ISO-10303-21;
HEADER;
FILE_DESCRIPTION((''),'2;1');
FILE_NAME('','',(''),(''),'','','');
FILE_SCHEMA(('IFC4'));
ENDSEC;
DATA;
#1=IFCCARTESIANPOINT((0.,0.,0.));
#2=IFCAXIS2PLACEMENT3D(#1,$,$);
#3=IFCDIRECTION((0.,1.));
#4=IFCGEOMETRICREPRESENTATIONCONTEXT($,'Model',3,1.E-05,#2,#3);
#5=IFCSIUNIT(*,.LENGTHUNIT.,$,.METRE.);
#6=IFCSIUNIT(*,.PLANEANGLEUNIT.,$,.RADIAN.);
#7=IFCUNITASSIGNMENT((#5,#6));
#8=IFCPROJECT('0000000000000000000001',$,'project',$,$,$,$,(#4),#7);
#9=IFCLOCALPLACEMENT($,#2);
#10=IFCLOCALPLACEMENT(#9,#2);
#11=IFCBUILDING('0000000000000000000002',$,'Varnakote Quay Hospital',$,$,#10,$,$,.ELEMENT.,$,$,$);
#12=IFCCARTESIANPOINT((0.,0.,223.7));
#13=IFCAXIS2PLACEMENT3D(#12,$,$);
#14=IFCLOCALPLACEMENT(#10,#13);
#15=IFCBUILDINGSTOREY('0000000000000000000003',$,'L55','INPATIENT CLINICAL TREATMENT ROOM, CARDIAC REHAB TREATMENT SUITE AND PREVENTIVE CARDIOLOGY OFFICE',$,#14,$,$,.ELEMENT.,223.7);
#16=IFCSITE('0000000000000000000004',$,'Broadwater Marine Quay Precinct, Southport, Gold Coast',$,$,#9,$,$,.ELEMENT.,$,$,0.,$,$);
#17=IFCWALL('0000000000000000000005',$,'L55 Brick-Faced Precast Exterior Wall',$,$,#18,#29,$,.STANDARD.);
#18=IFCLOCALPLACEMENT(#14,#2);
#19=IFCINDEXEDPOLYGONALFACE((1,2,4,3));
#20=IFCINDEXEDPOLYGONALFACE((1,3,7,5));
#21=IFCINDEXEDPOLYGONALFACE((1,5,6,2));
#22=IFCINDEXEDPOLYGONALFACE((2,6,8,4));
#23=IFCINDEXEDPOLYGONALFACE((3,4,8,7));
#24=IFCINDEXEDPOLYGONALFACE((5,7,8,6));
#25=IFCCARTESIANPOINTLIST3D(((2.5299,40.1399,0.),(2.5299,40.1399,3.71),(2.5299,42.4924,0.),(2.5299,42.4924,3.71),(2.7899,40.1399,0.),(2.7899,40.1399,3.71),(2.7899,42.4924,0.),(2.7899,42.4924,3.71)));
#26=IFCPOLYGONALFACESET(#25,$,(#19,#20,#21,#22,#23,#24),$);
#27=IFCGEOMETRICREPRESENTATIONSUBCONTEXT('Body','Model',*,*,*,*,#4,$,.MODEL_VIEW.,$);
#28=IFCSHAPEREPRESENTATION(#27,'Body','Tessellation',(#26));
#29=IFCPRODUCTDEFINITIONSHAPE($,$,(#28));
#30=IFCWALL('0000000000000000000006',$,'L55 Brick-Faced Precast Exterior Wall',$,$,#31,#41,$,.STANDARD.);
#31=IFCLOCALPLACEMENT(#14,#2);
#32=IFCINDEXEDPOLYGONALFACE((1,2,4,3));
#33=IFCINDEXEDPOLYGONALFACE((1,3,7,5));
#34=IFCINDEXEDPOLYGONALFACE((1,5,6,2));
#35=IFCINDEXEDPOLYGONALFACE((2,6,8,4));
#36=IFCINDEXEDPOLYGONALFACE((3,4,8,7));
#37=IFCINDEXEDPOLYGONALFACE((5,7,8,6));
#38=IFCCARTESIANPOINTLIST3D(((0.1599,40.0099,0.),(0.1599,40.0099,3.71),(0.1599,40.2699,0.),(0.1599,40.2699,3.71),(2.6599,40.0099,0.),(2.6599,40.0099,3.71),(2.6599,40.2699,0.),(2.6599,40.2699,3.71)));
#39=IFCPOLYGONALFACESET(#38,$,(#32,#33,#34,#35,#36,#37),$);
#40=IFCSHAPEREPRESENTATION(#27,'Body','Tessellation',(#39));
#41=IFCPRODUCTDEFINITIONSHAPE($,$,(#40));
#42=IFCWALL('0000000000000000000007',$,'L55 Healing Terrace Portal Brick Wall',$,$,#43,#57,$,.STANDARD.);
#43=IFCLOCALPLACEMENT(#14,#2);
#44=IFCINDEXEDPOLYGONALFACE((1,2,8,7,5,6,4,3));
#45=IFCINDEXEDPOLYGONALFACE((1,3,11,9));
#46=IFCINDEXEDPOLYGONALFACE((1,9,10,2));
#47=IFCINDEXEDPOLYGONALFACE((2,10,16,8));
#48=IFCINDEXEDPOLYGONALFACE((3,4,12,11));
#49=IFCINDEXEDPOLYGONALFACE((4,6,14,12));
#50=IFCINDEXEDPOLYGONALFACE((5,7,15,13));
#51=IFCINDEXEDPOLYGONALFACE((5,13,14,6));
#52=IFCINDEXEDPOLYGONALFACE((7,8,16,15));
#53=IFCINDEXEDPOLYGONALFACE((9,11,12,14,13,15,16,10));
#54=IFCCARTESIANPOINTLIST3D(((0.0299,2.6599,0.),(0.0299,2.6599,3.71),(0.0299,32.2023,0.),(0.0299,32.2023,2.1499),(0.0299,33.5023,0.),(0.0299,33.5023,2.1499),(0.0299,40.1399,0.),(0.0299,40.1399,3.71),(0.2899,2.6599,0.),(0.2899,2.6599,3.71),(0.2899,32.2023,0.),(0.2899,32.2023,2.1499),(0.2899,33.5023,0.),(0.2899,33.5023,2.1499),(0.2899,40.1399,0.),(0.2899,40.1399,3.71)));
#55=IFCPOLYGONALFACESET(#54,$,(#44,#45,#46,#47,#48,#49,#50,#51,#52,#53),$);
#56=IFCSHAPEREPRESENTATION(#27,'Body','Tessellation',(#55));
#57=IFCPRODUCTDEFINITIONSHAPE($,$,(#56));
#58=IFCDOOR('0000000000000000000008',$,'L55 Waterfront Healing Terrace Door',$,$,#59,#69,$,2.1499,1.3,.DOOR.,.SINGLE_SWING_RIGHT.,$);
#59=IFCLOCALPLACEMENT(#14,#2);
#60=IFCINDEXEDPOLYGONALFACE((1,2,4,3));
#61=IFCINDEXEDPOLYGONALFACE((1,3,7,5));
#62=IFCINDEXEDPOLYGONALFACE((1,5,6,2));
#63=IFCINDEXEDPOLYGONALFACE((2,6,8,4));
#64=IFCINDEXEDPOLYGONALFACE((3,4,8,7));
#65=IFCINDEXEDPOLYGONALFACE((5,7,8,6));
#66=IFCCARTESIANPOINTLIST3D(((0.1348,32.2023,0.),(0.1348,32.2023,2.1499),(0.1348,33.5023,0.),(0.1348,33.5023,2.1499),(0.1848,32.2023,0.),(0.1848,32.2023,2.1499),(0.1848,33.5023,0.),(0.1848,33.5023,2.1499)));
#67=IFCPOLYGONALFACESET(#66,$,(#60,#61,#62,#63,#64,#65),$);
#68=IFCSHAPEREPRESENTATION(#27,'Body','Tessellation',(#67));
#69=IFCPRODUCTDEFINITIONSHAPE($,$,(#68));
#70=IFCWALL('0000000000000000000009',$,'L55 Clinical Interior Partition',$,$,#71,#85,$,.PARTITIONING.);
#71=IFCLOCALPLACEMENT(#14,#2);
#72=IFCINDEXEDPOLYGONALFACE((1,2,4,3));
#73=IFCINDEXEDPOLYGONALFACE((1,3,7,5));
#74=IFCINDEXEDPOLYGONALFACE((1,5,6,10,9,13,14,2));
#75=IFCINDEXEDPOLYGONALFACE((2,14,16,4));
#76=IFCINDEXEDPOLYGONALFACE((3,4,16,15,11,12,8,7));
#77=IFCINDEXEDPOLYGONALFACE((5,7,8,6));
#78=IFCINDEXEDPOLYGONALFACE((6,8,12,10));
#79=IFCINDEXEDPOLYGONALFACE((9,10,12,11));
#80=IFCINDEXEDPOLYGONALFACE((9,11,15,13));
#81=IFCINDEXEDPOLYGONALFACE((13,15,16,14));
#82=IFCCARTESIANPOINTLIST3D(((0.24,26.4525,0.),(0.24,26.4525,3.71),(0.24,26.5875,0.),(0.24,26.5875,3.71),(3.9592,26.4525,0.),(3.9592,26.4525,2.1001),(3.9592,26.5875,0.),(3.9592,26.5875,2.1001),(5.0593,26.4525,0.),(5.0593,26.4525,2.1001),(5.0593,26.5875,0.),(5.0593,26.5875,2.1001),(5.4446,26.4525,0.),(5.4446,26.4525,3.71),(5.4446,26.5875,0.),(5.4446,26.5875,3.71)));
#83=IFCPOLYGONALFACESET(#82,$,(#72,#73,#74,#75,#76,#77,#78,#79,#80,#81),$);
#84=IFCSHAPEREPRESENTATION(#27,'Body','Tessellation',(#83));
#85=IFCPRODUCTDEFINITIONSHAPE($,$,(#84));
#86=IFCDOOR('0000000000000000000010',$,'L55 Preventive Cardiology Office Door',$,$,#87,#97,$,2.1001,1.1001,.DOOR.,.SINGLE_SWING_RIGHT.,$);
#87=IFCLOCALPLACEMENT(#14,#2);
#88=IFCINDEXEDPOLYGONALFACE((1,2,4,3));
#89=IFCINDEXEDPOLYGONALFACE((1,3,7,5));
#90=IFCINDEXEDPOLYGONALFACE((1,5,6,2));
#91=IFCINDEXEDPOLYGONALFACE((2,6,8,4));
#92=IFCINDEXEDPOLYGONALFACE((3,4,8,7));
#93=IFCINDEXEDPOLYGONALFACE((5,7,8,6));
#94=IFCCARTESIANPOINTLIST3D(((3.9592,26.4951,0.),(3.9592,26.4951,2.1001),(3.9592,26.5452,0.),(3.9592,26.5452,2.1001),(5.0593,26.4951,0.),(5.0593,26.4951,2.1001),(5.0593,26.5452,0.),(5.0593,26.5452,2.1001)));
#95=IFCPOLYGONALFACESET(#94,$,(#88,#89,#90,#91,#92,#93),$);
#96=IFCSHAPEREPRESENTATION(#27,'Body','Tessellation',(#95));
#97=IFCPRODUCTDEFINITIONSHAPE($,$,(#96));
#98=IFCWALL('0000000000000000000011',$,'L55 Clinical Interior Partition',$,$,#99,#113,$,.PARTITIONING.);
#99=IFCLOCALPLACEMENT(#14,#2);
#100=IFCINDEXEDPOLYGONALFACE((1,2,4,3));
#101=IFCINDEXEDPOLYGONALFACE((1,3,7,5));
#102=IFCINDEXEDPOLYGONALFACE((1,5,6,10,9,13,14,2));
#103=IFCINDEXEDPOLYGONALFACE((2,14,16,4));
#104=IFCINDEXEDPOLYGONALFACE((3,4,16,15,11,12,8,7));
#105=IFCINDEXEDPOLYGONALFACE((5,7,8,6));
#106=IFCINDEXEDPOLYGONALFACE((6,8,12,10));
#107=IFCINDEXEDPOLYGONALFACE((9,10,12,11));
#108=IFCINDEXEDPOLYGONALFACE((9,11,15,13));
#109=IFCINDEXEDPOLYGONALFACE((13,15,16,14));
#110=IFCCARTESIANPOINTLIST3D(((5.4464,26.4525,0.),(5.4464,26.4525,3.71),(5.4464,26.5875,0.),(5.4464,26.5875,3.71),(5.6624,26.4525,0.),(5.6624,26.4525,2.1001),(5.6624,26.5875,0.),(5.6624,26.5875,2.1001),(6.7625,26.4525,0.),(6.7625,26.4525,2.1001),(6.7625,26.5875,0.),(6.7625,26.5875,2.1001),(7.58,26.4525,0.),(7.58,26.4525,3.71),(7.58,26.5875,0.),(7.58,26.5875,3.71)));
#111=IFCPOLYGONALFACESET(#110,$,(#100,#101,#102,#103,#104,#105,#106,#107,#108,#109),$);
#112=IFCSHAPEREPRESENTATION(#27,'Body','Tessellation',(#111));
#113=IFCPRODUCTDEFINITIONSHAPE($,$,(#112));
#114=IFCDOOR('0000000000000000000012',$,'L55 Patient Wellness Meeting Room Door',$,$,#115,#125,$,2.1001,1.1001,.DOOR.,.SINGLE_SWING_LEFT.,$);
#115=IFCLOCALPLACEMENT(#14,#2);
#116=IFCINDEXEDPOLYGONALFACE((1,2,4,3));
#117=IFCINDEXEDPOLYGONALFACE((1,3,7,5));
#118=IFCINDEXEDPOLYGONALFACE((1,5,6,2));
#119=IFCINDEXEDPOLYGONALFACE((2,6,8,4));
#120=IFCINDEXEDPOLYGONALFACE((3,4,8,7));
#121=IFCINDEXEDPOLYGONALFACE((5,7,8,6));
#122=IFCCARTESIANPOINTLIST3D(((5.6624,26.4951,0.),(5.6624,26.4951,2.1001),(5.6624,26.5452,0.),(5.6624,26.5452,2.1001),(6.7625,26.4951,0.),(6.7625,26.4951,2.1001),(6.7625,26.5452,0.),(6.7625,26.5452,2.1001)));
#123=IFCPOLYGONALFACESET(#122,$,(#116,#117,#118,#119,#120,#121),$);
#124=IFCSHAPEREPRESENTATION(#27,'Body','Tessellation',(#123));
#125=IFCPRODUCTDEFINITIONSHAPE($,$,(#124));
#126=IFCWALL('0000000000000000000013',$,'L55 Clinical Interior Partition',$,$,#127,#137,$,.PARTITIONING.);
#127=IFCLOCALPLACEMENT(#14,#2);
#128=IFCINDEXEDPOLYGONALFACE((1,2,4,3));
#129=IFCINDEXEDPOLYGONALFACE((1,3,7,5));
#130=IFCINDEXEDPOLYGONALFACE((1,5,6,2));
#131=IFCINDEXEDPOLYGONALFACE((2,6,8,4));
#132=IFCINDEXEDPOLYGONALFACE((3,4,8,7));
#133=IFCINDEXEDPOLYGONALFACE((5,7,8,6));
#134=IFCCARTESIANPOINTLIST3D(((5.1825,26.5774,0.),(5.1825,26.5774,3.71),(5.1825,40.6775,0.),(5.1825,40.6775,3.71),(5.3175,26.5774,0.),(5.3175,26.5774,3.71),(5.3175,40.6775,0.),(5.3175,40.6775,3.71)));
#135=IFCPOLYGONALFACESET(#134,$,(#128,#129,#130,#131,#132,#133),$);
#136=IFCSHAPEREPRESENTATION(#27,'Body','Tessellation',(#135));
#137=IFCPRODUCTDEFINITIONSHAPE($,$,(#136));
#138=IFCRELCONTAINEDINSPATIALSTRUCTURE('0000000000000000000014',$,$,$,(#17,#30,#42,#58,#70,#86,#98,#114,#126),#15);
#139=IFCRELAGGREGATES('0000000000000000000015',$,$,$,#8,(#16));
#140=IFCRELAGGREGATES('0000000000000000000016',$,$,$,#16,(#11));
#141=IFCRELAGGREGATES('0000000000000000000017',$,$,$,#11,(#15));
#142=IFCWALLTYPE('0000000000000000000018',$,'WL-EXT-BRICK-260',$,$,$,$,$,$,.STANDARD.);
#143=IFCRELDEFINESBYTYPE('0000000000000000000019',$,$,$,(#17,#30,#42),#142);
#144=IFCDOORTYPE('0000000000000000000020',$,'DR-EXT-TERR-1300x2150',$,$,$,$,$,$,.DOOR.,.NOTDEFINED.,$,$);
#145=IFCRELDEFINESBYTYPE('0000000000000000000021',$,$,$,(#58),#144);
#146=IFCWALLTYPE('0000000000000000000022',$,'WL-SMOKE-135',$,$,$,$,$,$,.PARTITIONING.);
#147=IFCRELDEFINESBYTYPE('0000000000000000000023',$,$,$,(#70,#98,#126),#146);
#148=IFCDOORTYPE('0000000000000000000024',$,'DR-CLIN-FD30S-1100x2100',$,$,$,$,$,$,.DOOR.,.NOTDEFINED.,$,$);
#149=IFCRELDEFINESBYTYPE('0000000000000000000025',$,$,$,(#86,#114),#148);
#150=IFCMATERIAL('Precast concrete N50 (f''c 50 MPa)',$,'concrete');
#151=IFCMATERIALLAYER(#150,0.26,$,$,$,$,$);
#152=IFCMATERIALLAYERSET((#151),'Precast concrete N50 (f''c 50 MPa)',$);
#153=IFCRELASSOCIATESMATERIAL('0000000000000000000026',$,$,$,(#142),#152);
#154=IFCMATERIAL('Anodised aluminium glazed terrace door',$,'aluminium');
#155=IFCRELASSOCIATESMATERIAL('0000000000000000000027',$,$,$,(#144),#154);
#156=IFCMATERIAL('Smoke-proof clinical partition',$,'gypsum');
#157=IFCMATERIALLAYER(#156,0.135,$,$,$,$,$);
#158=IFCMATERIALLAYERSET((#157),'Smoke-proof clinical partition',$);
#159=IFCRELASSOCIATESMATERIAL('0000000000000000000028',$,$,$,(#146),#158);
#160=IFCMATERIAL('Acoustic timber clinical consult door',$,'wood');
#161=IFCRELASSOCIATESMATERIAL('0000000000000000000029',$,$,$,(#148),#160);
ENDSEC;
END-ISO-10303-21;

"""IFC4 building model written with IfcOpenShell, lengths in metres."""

from ifc_helpers import new_model, si_unit, direction, frame, frame_2d, origin, place, context, subcontext, project, spatial, rectangle, extrude, material, layer, layer_set, type_object, element, fill, save


model = new_model("IFC4")

# Units and contexts
model_context = context("Model", 3, precision=1e-05, world=origin(), true_north=direction((0.0, 1.0)))
body_context = subcontext(model_context, "Body", "Model", "MODEL_VIEW")
ifc_project = project(units=[si_unit("LENGTHUNIT", "METRE"), si_unit("PLANEANGLEUNIT", "RADIAN")], contexts=[model_context])

# Site, building, storey
site_placement = place(None, origin())
site = spatial("IfcSite", under=ifc_project, at=site_placement, Name="Broadwater Marine Quay Precinct, Southport, Gold Coast", CompositionType="ELEMENT", RefElevation=0.0)
building_placement = place(site_placement, origin())
building = spatial("IfcBuilding", under=site, at=building_placement, Name="Varnakote Quay Hospital", CompositionType="ELEMENT")
storey_placement = place(building_placement, frame((0.0, 0.0, 223.7)))
storey = spatial("IfcBuildingStorey", under=building, at=storey_placement, Name="L55", Description="INPATIENT CLINICAL TREATMENT ROOM, CARDIAC REHAB TREATMENT SUITE AND PREVENTIVE CARDIOLOGY OFFICE", CompositionType="ELEMENT", Elevation=223.7)

# Walls
ifc_material_1 = material(Name="Precast concrete N50 (f'c 50 MPa)", Category="concrete")
ifc_layer_1 = layer(ifc_material_1, 0.26)
ifc_layer_set_1 = layer_set([ifc_layer_1], Name="Precast concrete N50 (f'c 50 MPa)")
wall_type_1 = type_object("IfcWallType", Name="WL-EXT-BRICK-260", PredefinedType="STANDARD", material=ifc_layer_set_1)
wall_1_placement = place(storey_placement, frame((2.6599, 42.4924, 0.0), z_axis=(0.0, 0.0, 1.0), x_axis=(0.0, -1.0, 0.0)))
element("IfcWall", 1, at=wall_1_placement, inside=storey, type_object=wall_type_1, Name="L55 Brick-Faced Precast Exterior Wall", PredefinedType="STANDARD", context=body_context, shape_type="SweptSolid", body=[
    extrude(rectangle(XDim=2.3525, YDim=0.26, at=frame_2d((1.1763, 0.0))), origin(), (0.0, 0.0, 1.0), 3.71),
])
wall_2_placement = place(storey_placement, frame((2.6599, 40.1399, 0.0), z_axis=(0.0, 0.0, 1.0), x_axis=(-1.0, 0.0, 0.0)))
element("IfcWall", 2, at=wall_2_placement, inside=storey, type_object=wall_type_1, Name="L55 Brick-Faced Precast Exterior Wall", PredefinedType="STANDARD", context=body_context, shape_type="SweptSolid", body=[
    extrude(rectangle(XDim=2.5, YDim=0.26, at=frame_2d((1.25, 0.0))), origin(), (0.0, 0.0, 1.0), 3.71),
])

# Walls, openings, doors
wall_3_placement = place(storey_placement, frame((0.1599, 40.1399, 0.0), z_axis=(0.0, 0.0, 1.0), x_axis=(0.0, -1.0, 0.0)))
wall_3 = element("IfcWall", 3, at=wall_3_placement, inside=storey, type_object=wall_type_1, Name="L55 Healing Terrace Portal Brick Wall", PredefinedType="STANDARD", context=body_context, shape_type="SweptSolid", body=[
    extrude(rectangle(XDim=37.48, YDim=0.26, at=frame_2d((18.74, 0.0))), origin(), (0.0, 0.0, 1.0), 3.71),
])
opening_1_placement = place(wall_3_placement, frame((6.6377, 0.0, 0.0)))
opening_1 = element("IfcOpeningElement", 4, at=opening_1_placement, cuts=wall_3, PredefinedType="OPENING", context=body_context, shape_type="SweptSolid", body=[
    extrude(rectangle(XDim=1.3, YDim=2.1499, at=frame_2d((0.6499, 1.075))), frame((0.0, 0.1399, 0.0), z_axis=(0.0, -1.0, 0.0), x_axis=(1.0, 0.0, 0.0)), (0.0, 0.0, 1.0), 0.28),
])
ifc_material_2 = material(Name="Anodised aluminium glazed terrace door", Category="aluminium")
door_type_1 = type_object("IfcDoorType", Name="DR-EXT-TERR-1300x2150", OperationType="NOTDEFINED", PredefinedType="DOOR", material=ifc_material_2)
door_1_placement = place(opening_1_placement, origin())
door_1 = element("IfcDoor", 5, at=door_1_placement, inside=storey, type_object=door_type_1, Name="L55 Waterfront Healing Terrace Door", OperationType="SINGLE_SWING_RIGHT", OverallHeight=2.1499, OverallWidth=1.3, PredefinedType="DOOR", context=body_context, shape_type="SweptSolid", body=[
    extrude(rectangle(XDim=1.3, YDim=2.1499, at=frame_2d((0.6499, 1.075))), frame((0.0, 0.0249, 0.0), z_axis=(0.0, -1.0, 0.0), x_axis=(1.0, 0.0, 0.0)), (0.0, 0.0, 1.0), 0.05),
])
fill(opening_1, door_1)
ifc_material_3 = material(Name="Smoke-proof clinical partition", Category="gypsum")
ifc_layer_2 = layer(ifc_material_3, 0.135)
ifc_layer_set_2 = layer_set([ifc_layer_2], Name="Smoke-proof clinical partition")
wall_type_2 = type_object("IfcWallType", Name="WL-SMOKE-135", PredefinedType="PARTITIONING", material=ifc_layer_set_2)
wall_4_placement = place(storey_placement, frame((5.4446, 26.52, 0.0), z_axis=(0.0, 0.0, 1.0), x_axis=(-1.0, 0.0, 0.0)))
wall_4 = element("IfcWall", 6, at=wall_4_placement, inside=storey, type_object=wall_type_2, Name="L55 Clinical Interior Partition", PredefinedType="PARTITIONING", context=body_context, shape_type="SweptSolid", body=[
    extrude(rectangle(XDim=5.2046, YDim=0.135, at=frame_2d((2.6023, 0.0))), origin(), (0.0, 0.0, 1.0), 3.71),
])
opening_2_placement = place(wall_4_placement, frame((0.3853, 0.0, 0.0)))
opening_2 = element("IfcOpeningElement", 7, at=opening_2_placement, cuts=wall_4, PredefinedType="OPENING", context=body_context, shape_type="SweptSolid", body=[
    extrude(rectangle(XDim=1.1001, YDim=2.1001, at=frame_2d((0.55, 1.05))), frame((0.0, 0.0774, 0.0), z_axis=(0.0, -1.0, 0.0), x_axis=(1.0, 0.0, 0.0)), (0.0, 0.0, 1.0), 0.155),
])
ifc_material_4 = material(Name="Acoustic timber clinical consult door", Category="wood")
door_type_2 = type_object("IfcDoorType", Name="DR-CLIN-FD30S-1100x2100", OperationType="NOTDEFINED", PredefinedType="DOOR", material=ifc_material_4)
door_2_placement = place(opening_2_placement, origin())
door_2 = element("IfcDoor", 8, at=door_2_placement, inside=storey, type_object=door_type_2, Name="L55 Preventive Cardiology Office Door", OperationType="SINGLE_SWING_RIGHT", OverallHeight=2.1001, OverallWidth=1.1001, PredefinedType="DOOR", context=body_context, shape_type="SweptSolid", body=[
    extrude(rectangle(XDim=1.1001, YDim=2.1001, at=frame_2d((0.55, 1.05))), frame((0.0, 0.0249, 0.0), z_axis=(0.0, -1.0, 0.0), x_axis=(1.0, 0.0, 0.0)), (0.0, 0.0, 1.0), 0.05),
])
fill(opening_2, door_2)
wall_5_placement = place(storey_placement, frame((7.5801, 26.52, 0.0), z_axis=(0.0, 0.0, 1.0), x_axis=(-1.0, 0.0, 0.0)))
wall_5 = element("IfcWall", 9, at=wall_5_placement, inside=storey, type_object=wall_type_2, Name="L55 Clinical Interior Partition", PredefinedType="PARTITIONING", context=body_context, shape_type="SweptSolid", body=[
    extrude(rectangle(XDim=2.1335, YDim=0.135, at=frame_2d((1.0669, 0.0))), origin(), (0.0, 0.0, 1.0), 3.71),
])
opening_3_placement = place(wall_5_placement, frame((0.8176, 0.0, 0.0)))
opening_3 = element("IfcOpeningElement", 10, at=opening_3_placement, cuts=wall_5, PredefinedType="OPENING", context=body_context, shape_type="SweptSolid", body=[
    extrude(rectangle(XDim=1.1001, YDim=2.1001, at=frame_2d((0.55, 1.05))), frame((0.0, 0.0774, 0.0), z_axis=(0.0, -1.0, 0.0), x_axis=(1.0, 0.0, 0.0)), (0.0, 0.0, 1.0), 0.155),
])
door_3_placement = place(opening_3_placement, origin())
door_3 = element("IfcDoor", 11, at=door_3_placement, inside=storey, type_object=door_type_2, Name="L55 Patient Wellness Meeting Room Door", OperationType="SINGLE_SWING_LEFT", OverallHeight=2.1001, OverallWidth=1.1001, PredefinedType="DOOR", context=body_context, shape_type="SweptSolid", body=[
    extrude(rectangle(XDim=1.1001, YDim=2.1001, at=frame_2d((0.55, 1.05))), frame((0.0, 0.0249, 0.0), z_axis=(0.0, -1.0, 0.0), x_axis=(1.0, 0.0, 0.0)), (0.0, 0.0, 1.0), 0.05),
])
fill(opening_3, door_3)

# Wall
wall_6_placement = place(storey_placement, frame((5.25, 26.5774, 0.0), z_axis=(0.0, 0.0, 1.0), x_axis=(0.0, 1.0, 0.0)))
element("IfcWall", 12, at=wall_6_placement, inside=storey, type_object=wall_type_2, Name="L55 Clinical Interior Partition", PredefinedType="PARTITIONING", context=body_context, shape_type="SweptSolid", body=[
    extrude(rectangle(XDim=14.1001, YDim=0.135, at=frame_2d((7.05, 0.0))), origin(), (0.0, 0.0, 1.0), 3.71),
])

save(model, "model.ifc")
